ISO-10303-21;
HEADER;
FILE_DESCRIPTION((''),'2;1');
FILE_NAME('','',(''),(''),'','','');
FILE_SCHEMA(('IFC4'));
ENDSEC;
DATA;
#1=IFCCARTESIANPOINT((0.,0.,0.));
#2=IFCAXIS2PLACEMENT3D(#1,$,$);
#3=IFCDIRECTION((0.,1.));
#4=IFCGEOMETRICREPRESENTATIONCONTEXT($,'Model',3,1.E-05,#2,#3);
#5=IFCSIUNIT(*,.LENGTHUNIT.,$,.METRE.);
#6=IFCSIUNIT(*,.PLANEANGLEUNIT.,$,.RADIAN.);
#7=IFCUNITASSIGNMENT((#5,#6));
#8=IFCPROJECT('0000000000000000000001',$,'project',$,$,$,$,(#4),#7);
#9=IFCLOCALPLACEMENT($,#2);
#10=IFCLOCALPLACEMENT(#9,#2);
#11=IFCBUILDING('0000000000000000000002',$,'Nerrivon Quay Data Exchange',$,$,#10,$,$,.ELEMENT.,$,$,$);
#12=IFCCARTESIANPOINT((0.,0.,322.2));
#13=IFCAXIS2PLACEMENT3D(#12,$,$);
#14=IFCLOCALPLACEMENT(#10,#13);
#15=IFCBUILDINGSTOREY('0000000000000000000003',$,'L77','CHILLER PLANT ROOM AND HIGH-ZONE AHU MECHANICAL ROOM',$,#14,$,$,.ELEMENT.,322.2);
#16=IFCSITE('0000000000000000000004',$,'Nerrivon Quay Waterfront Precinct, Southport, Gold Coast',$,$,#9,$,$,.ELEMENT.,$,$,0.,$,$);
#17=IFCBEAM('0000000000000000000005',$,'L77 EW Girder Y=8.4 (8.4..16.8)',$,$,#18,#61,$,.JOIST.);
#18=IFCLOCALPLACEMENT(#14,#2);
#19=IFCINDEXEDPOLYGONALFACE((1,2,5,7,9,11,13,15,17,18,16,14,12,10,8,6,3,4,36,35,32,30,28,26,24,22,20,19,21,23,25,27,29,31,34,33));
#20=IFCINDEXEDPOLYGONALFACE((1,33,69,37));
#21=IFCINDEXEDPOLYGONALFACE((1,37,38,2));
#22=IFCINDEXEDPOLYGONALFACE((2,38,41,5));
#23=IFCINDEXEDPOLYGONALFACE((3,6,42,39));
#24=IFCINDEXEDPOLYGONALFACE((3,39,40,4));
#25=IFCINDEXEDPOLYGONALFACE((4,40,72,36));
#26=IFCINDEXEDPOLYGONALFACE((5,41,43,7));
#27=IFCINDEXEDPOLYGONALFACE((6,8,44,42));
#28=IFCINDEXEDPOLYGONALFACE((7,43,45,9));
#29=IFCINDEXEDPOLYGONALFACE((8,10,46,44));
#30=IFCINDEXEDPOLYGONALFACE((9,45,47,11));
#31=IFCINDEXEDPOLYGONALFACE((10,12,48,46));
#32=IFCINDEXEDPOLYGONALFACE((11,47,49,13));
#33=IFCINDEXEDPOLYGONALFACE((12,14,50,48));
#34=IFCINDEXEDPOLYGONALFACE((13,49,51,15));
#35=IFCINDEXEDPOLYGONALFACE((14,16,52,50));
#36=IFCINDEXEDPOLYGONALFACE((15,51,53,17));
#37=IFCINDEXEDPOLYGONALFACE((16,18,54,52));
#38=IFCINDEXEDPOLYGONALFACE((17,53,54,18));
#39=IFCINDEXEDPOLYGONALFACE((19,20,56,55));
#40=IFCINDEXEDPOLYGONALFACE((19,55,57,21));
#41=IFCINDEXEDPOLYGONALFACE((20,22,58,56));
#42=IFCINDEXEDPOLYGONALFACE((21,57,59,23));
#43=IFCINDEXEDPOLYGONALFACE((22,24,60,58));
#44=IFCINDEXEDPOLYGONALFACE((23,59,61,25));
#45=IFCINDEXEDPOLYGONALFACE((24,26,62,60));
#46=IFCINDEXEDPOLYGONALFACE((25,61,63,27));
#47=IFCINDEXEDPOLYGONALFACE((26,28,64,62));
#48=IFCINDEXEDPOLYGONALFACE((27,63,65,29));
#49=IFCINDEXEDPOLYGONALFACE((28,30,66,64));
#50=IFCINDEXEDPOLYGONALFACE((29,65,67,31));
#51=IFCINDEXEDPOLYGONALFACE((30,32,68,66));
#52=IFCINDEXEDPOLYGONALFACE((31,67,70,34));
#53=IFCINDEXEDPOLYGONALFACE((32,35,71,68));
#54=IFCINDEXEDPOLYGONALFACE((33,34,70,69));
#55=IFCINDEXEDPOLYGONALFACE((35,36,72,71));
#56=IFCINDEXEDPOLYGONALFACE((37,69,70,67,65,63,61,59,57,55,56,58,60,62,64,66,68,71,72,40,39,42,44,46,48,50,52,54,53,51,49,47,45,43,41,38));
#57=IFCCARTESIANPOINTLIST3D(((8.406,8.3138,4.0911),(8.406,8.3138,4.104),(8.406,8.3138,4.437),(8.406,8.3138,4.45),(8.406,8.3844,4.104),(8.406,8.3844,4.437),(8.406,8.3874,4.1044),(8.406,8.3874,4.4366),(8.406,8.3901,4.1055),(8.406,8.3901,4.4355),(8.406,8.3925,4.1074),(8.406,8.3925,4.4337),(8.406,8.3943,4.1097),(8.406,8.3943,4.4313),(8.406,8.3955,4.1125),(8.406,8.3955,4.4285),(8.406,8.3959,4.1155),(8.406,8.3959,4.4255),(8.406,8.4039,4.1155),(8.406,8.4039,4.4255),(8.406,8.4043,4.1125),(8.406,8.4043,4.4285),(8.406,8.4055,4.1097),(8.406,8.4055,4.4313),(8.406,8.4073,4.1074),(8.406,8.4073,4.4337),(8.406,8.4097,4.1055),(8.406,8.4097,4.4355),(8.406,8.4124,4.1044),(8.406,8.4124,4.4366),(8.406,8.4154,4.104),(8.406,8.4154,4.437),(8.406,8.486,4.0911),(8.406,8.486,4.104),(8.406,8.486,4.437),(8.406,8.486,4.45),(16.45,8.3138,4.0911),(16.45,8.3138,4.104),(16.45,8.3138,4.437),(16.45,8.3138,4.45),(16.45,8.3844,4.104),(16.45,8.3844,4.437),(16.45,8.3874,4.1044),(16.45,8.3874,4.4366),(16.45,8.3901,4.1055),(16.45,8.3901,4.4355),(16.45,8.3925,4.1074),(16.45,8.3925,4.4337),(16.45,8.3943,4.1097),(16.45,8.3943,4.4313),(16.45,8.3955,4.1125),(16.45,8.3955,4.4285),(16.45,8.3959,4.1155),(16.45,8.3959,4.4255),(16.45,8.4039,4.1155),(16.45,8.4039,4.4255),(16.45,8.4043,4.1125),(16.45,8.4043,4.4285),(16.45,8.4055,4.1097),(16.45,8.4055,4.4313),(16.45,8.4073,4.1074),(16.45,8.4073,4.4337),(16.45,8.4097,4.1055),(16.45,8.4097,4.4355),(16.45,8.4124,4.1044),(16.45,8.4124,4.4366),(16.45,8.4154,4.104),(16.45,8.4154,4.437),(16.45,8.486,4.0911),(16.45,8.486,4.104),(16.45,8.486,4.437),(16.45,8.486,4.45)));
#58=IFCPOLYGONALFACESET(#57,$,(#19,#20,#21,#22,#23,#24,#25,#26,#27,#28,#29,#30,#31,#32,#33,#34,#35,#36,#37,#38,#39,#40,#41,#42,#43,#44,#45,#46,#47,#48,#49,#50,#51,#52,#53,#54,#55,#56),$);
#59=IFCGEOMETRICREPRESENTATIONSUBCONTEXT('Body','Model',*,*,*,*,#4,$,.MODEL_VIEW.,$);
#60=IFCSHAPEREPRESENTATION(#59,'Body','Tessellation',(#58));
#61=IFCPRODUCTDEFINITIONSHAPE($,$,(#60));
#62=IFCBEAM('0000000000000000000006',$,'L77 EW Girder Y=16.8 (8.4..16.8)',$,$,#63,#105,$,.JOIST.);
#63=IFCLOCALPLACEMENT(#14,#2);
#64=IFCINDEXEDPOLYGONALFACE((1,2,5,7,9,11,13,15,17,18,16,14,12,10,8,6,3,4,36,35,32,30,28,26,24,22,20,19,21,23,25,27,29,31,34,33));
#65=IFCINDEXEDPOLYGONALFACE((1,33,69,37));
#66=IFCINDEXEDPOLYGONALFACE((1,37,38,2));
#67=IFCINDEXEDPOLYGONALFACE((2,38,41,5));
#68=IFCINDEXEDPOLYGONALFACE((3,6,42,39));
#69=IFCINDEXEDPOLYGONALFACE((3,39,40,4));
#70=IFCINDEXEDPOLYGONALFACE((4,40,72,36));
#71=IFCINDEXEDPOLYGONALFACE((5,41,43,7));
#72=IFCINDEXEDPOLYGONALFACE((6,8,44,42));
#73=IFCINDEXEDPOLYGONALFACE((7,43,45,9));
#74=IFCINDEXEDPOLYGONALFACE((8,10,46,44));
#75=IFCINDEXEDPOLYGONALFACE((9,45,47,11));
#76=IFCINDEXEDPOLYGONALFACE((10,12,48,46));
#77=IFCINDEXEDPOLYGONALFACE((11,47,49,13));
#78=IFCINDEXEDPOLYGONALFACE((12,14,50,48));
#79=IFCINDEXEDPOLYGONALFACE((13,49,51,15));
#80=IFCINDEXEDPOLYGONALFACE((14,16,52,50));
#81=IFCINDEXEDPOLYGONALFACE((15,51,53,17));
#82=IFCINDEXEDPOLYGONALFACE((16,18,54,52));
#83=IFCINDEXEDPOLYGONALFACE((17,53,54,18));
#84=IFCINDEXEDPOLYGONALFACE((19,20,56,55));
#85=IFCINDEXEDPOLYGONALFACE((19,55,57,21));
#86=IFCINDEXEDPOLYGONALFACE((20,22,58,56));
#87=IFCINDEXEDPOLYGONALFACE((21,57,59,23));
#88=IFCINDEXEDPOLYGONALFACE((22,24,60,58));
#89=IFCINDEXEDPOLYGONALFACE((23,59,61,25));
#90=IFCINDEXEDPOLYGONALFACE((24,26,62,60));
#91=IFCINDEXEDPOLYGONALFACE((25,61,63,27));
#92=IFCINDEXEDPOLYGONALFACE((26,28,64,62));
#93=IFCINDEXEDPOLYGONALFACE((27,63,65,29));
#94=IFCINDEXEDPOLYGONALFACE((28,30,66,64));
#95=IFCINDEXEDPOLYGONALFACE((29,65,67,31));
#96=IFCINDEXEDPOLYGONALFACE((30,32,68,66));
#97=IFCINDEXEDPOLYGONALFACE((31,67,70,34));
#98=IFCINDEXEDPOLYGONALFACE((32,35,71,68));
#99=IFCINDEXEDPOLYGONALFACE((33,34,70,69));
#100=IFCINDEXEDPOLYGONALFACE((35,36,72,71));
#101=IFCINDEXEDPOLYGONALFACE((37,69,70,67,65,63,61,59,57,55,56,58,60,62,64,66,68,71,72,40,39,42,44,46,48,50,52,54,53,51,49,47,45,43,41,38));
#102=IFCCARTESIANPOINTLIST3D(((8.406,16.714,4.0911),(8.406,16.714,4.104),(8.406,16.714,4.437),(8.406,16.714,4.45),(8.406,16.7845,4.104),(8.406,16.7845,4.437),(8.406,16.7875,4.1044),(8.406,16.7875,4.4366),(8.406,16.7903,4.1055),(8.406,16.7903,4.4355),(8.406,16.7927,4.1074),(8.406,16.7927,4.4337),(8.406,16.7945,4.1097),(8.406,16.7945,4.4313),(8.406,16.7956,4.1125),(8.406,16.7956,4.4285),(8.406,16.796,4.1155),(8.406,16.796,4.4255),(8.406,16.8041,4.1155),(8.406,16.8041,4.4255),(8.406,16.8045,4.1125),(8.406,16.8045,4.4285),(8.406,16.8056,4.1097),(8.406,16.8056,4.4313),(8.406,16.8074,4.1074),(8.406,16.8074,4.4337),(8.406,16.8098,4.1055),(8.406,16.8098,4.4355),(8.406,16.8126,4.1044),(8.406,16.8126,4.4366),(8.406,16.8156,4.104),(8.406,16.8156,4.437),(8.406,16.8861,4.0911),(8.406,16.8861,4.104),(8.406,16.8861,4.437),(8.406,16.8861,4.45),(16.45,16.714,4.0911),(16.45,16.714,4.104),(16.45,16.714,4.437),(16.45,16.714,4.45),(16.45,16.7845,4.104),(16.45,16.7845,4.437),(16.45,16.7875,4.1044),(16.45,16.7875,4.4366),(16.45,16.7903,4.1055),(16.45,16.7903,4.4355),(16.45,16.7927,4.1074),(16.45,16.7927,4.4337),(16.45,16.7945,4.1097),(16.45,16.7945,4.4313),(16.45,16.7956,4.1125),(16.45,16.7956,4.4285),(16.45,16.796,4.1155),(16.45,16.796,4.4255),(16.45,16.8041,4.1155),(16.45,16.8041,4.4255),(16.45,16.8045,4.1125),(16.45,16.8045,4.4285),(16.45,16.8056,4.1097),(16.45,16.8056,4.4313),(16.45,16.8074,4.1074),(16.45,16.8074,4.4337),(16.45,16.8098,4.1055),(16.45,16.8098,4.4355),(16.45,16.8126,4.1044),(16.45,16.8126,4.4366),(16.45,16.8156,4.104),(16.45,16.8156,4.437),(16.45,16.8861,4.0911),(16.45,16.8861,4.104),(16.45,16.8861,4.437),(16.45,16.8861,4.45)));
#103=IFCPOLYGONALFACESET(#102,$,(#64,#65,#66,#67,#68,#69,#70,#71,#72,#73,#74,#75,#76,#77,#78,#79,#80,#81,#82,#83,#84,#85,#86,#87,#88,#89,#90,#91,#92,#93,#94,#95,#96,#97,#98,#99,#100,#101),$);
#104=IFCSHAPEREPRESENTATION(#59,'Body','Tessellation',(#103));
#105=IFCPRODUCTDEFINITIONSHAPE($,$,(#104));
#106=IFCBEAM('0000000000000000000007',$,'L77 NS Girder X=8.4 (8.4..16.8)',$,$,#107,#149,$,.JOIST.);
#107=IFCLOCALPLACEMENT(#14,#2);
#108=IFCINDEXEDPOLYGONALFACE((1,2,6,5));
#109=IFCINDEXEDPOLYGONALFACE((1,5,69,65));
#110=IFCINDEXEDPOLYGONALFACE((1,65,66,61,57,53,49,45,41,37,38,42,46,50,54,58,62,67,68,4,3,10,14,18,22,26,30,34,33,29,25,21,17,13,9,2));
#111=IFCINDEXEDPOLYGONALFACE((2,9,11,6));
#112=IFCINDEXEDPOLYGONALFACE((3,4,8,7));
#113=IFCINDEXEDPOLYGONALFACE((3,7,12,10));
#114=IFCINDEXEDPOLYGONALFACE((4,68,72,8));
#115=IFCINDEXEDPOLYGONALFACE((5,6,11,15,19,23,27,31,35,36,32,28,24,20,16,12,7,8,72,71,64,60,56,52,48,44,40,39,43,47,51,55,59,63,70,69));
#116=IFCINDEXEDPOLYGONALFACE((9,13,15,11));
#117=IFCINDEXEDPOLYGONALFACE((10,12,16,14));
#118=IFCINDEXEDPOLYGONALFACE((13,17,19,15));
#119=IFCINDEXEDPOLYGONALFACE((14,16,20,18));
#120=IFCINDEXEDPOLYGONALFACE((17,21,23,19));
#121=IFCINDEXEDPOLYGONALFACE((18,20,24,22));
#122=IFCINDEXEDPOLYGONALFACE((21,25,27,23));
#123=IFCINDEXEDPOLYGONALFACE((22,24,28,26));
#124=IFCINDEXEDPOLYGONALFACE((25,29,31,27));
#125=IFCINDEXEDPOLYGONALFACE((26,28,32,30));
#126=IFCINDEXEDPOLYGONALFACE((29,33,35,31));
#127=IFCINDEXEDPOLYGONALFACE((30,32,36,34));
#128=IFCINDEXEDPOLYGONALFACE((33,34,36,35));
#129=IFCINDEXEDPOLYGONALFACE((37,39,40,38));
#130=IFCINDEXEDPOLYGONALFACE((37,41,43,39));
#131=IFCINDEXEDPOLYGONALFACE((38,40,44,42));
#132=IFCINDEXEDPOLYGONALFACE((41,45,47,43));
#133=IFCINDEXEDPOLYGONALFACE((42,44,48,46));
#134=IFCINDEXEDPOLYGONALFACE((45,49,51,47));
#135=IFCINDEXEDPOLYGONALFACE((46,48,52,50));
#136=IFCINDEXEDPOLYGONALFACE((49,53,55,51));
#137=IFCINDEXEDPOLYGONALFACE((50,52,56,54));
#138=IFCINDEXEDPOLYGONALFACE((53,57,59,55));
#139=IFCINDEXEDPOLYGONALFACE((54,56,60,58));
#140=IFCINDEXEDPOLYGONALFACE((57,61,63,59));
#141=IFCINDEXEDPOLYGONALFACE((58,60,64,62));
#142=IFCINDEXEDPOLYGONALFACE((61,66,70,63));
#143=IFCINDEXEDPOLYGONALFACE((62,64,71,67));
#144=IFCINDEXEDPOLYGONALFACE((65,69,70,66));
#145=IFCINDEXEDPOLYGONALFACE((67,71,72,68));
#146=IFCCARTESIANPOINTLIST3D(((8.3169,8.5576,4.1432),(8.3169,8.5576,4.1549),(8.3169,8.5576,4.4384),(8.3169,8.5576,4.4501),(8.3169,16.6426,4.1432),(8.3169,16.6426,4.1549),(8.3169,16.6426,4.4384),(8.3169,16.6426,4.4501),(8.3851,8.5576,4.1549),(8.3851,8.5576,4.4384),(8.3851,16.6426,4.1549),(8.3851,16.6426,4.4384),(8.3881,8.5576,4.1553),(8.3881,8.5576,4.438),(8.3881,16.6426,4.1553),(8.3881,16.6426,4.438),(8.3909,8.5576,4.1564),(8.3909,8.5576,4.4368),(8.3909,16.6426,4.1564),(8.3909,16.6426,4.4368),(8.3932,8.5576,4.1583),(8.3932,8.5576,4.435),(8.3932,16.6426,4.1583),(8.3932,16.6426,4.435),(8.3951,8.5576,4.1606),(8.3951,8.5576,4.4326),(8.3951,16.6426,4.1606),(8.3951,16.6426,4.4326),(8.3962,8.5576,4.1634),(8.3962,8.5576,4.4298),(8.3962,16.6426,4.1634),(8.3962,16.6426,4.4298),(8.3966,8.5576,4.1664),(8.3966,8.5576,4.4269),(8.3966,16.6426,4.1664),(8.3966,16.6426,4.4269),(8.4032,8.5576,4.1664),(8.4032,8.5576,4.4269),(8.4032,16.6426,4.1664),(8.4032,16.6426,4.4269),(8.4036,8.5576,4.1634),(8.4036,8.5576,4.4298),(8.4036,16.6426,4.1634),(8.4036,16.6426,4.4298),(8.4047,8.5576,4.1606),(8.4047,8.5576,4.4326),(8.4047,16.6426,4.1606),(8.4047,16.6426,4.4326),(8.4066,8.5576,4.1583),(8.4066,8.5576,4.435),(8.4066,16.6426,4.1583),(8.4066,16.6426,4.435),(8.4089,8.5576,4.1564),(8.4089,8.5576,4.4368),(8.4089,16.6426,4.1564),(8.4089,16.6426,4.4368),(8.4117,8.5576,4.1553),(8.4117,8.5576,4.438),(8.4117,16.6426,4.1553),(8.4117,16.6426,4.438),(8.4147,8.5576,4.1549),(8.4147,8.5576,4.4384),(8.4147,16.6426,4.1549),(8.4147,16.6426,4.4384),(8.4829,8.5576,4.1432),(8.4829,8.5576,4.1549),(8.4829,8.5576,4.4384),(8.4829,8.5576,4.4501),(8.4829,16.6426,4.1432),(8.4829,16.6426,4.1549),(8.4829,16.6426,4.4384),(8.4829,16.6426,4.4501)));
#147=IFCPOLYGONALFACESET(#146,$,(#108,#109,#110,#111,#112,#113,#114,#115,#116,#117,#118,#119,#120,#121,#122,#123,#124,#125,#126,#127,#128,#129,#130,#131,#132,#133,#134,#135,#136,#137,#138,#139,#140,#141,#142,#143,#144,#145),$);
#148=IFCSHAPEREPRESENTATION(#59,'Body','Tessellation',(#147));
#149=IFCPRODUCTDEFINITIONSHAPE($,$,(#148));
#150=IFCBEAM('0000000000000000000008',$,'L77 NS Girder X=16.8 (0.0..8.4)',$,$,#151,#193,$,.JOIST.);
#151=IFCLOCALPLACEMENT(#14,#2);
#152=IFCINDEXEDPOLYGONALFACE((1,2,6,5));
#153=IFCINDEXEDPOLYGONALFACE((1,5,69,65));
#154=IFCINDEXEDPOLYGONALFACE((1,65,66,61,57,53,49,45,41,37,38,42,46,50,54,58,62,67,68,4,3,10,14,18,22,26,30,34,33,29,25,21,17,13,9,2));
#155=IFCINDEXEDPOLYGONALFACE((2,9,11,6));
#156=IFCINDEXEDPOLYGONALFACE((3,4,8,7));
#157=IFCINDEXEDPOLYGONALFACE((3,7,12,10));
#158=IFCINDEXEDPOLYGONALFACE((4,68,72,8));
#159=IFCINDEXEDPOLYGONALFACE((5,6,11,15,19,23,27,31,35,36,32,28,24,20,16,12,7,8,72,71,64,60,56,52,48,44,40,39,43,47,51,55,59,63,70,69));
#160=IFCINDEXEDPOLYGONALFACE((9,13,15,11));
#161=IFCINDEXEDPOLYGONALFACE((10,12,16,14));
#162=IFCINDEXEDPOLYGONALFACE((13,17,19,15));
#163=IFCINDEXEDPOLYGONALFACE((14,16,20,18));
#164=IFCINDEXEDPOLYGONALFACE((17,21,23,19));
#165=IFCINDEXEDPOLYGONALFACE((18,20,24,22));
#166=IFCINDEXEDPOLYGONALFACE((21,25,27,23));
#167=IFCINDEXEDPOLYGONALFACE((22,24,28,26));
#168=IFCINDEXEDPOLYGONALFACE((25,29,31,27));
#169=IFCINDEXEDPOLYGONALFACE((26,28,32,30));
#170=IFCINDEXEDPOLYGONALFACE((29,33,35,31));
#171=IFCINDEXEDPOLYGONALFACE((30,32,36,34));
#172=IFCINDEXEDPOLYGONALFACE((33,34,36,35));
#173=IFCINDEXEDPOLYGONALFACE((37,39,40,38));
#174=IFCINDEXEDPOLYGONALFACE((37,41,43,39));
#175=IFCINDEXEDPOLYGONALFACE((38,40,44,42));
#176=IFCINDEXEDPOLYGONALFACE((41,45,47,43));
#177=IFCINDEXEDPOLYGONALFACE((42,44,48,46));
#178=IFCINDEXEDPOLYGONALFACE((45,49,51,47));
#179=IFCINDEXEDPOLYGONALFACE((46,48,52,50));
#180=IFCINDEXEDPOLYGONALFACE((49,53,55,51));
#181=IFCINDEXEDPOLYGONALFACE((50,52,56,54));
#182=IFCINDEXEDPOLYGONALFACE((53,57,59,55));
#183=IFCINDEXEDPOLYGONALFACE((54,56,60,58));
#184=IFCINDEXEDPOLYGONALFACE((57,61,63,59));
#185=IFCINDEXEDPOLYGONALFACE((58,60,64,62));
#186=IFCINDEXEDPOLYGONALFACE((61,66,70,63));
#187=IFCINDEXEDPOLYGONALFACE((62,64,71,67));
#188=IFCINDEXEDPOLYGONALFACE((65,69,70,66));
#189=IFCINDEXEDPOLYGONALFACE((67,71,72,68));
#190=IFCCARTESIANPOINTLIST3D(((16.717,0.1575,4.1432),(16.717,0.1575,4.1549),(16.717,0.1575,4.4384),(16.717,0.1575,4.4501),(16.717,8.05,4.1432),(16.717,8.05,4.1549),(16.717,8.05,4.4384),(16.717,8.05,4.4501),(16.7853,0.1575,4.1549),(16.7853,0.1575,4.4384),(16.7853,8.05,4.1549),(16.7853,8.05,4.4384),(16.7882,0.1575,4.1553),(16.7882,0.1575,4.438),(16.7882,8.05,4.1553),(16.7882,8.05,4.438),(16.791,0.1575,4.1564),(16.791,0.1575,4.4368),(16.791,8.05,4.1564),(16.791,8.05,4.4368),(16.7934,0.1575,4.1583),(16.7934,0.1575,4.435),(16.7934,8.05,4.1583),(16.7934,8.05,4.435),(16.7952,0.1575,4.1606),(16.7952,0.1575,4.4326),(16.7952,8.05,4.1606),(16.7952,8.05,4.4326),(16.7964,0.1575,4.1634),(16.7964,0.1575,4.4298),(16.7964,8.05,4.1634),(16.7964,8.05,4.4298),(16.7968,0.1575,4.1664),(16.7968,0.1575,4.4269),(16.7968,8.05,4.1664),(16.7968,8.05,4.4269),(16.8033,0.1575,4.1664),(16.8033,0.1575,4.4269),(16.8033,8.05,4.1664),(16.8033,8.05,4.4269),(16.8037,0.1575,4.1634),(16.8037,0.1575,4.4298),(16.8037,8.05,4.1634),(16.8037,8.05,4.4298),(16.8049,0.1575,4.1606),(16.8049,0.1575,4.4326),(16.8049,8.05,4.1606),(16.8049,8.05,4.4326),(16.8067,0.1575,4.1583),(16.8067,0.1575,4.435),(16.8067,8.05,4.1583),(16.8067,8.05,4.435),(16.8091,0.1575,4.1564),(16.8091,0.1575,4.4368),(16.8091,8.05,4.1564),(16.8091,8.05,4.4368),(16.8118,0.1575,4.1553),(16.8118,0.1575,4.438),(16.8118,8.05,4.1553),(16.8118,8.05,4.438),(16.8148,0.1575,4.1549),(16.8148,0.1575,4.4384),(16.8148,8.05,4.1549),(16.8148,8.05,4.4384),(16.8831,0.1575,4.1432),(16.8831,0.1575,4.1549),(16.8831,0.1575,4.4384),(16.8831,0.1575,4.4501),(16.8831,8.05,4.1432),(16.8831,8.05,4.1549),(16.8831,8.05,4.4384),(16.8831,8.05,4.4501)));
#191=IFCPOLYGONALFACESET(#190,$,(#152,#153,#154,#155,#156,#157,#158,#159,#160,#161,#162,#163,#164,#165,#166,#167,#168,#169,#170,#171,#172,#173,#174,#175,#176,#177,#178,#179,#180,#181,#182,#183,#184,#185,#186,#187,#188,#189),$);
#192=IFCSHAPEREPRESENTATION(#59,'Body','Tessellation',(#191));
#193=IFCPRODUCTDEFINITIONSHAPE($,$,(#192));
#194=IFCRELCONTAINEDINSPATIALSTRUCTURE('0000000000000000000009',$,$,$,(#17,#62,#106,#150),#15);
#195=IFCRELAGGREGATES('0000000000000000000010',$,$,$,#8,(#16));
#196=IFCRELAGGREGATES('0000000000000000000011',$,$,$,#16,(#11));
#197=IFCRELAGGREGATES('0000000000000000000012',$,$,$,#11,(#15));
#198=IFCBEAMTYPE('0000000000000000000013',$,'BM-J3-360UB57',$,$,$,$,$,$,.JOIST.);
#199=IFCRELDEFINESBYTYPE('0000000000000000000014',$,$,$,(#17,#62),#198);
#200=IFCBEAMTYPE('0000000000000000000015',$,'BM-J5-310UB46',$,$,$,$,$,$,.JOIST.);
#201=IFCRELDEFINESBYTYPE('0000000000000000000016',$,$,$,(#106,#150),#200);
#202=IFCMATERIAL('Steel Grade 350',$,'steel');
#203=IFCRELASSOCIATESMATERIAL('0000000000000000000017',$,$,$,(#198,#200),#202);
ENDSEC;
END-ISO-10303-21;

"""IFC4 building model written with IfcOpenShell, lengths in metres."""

from ifc_helpers import new_model, si_unit, direction, frame, origin, origin_2d, place, context, subcontext, project, spatial, i_section, extrude, material, material_profile, profile_set, type_object, element, save


model = new_model("IFC4")

# Units and contexts
model_context = context("Model", 3, precision=1e-05, world=origin(), true_north=direction((0.0, 1.0)))
body_context = subcontext(model_context, "Body", "Model", "MODEL_VIEW")
ifc_project = project(units=[si_unit("LENGTHUNIT", "METRE"), si_unit("PLANEANGLEUNIT", "RADIAN")], contexts=[model_context])

# Site, building, storey
site_placement = place(None, origin())
site = spatial("IfcSite", under=ifc_project, at=site_placement, Name="Nerrivon Quay Waterfront Precinct, Southport, Gold Coast", CompositionType="ELEMENT", RefElevation=0.0)
building_placement = place(site_placement, origin())
building = spatial("IfcBuilding", under=site, at=building_placement, Name="Nerrivon Quay Data Exchange", CompositionType="ELEMENT")
storey_placement = place(building_placement, frame((0.0, 0.0, 322.2)))
storey = spatial("IfcBuildingStorey", under=building, at=storey_placement, Name="L77", Description="CHILLER PLANT ROOM AND HIGH-ZONE AHU MECHANICAL ROOM", CompositionType="ELEMENT", Elevation=322.2)

# Shared definitions
ifc_material_1 = material(Name="Steel Grade 350", Category="steel")

# Beams
ifc_material_profile_1 = material_profile(ifc_material_1, i_section(OverallWidth=0.1721, OverallDepth=0.3589, WebThickness=0.0081, FlangeThickness=0.0129, FilletRadius=0.0115, at=origin_2d()), Name="360UB56.7")
ifc_profile_set_1 = profile_set([ifc_material_profile_1], Name="Steel Grade 350")
beam_type_1 = type_object("IfcBeamType", Name="BM-J3-360UB57", PredefinedType="JOIST", material=ifc_profile_set_1)
for number, where, z_axis, x_axis, name in (
    (1, (8.406, 8.3999, 4.2705), (1.0, 0.0, 0.0), (0.0, 1.0, 0.0), "L77 EW Girder Y=8.4 (8.4..16.8)"),
    (2, (8.406, 16.8, 4.2705), (1.0, 0.0, 0.0), (0.0, 1.0, 0.0), "L77 EW Girder Y=16.8 (8.4..16.8)"),
):
    element("IfcBeam", number, at=place(storey_placement, frame(where, z_axis=z_axis, x_axis=x_axis)), inside=storey, type_object=beam_type_1, Name=name, PredefinedType="JOIST", context=body_context, shape_type="SweptSolid", body=[
        extrude(i_section(OverallWidth=0.1721, OverallDepth=0.3589, WebThickness=0.0081, FlangeThickness=0.0129, FilletRadius=0.0115, at=origin_2d()), origin(), (0.0, 0.0, 1.0), 8.0439),
    ])
ifc_material_profile_2 = material_profile(ifc_material_1, i_section(OverallWidth=0.166, OverallDepth=0.3069, WebThickness=0.0066, FlangeThickness=0.0117, FilletRadius=0.0115, at=origin_2d()), Name="310UB46.2")
ifc_profile_set_2 = profile_set([ifc_material_profile_2], Name="Steel Grade 350")
beam_type_2 = type_object("IfcBeamType", Name="BM-J5-310UB46", PredefinedType="JOIST", material=ifc_profile_set_2)
beam_1_placement = place(storey_placement, frame((8.3999, 8.5576, 4.2966), z_axis=(0.0, 1.0, 0.0), x_axis=(-1.0, 0.0, 0.0)))
element("IfcBeam", 3, at=beam_1_placement, inside=storey, type_object=beam_type_2, Name="L77 NS Girder X=8.4 (8.4..16.8)", PredefinedType="JOIST", context=body_context, shape_type="SweptSolid", body=[
    extrude(i_section(OverallWidth=0.166, OverallDepth=0.3069, WebThickness=0.0066, FlangeThickness=0.0117, FilletRadius=0.0115, at=origin_2d()), origin(), (0.0, 0.0, 1.0), 8.085),
])
beam_2_placement = place(storey_placement, frame((16.8, 0.1575, 4.2966), z_axis=(0.0, 1.0, 0.0), x_axis=(-1.0, 0.0, 0.0)))
element("IfcBeam", 4, at=beam_2_placement, inside=storey, type_object=beam_type_2, Name="L77 NS Girder X=16.8 (0.0..8.4)", PredefinedType="JOIST", context=body_context, shape_type="SweptSolid", body=[
    extrude(i_section(OverallWidth=0.166, OverallDepth=0.3069, WebThickness=0.0066, FlangeThickness=0.0117, FilletRadius=0.0115, at=origin_2d()), origin(), (0.0, 0.0, 1.0), 7.8926),
])

save(model, "model.ifc")
